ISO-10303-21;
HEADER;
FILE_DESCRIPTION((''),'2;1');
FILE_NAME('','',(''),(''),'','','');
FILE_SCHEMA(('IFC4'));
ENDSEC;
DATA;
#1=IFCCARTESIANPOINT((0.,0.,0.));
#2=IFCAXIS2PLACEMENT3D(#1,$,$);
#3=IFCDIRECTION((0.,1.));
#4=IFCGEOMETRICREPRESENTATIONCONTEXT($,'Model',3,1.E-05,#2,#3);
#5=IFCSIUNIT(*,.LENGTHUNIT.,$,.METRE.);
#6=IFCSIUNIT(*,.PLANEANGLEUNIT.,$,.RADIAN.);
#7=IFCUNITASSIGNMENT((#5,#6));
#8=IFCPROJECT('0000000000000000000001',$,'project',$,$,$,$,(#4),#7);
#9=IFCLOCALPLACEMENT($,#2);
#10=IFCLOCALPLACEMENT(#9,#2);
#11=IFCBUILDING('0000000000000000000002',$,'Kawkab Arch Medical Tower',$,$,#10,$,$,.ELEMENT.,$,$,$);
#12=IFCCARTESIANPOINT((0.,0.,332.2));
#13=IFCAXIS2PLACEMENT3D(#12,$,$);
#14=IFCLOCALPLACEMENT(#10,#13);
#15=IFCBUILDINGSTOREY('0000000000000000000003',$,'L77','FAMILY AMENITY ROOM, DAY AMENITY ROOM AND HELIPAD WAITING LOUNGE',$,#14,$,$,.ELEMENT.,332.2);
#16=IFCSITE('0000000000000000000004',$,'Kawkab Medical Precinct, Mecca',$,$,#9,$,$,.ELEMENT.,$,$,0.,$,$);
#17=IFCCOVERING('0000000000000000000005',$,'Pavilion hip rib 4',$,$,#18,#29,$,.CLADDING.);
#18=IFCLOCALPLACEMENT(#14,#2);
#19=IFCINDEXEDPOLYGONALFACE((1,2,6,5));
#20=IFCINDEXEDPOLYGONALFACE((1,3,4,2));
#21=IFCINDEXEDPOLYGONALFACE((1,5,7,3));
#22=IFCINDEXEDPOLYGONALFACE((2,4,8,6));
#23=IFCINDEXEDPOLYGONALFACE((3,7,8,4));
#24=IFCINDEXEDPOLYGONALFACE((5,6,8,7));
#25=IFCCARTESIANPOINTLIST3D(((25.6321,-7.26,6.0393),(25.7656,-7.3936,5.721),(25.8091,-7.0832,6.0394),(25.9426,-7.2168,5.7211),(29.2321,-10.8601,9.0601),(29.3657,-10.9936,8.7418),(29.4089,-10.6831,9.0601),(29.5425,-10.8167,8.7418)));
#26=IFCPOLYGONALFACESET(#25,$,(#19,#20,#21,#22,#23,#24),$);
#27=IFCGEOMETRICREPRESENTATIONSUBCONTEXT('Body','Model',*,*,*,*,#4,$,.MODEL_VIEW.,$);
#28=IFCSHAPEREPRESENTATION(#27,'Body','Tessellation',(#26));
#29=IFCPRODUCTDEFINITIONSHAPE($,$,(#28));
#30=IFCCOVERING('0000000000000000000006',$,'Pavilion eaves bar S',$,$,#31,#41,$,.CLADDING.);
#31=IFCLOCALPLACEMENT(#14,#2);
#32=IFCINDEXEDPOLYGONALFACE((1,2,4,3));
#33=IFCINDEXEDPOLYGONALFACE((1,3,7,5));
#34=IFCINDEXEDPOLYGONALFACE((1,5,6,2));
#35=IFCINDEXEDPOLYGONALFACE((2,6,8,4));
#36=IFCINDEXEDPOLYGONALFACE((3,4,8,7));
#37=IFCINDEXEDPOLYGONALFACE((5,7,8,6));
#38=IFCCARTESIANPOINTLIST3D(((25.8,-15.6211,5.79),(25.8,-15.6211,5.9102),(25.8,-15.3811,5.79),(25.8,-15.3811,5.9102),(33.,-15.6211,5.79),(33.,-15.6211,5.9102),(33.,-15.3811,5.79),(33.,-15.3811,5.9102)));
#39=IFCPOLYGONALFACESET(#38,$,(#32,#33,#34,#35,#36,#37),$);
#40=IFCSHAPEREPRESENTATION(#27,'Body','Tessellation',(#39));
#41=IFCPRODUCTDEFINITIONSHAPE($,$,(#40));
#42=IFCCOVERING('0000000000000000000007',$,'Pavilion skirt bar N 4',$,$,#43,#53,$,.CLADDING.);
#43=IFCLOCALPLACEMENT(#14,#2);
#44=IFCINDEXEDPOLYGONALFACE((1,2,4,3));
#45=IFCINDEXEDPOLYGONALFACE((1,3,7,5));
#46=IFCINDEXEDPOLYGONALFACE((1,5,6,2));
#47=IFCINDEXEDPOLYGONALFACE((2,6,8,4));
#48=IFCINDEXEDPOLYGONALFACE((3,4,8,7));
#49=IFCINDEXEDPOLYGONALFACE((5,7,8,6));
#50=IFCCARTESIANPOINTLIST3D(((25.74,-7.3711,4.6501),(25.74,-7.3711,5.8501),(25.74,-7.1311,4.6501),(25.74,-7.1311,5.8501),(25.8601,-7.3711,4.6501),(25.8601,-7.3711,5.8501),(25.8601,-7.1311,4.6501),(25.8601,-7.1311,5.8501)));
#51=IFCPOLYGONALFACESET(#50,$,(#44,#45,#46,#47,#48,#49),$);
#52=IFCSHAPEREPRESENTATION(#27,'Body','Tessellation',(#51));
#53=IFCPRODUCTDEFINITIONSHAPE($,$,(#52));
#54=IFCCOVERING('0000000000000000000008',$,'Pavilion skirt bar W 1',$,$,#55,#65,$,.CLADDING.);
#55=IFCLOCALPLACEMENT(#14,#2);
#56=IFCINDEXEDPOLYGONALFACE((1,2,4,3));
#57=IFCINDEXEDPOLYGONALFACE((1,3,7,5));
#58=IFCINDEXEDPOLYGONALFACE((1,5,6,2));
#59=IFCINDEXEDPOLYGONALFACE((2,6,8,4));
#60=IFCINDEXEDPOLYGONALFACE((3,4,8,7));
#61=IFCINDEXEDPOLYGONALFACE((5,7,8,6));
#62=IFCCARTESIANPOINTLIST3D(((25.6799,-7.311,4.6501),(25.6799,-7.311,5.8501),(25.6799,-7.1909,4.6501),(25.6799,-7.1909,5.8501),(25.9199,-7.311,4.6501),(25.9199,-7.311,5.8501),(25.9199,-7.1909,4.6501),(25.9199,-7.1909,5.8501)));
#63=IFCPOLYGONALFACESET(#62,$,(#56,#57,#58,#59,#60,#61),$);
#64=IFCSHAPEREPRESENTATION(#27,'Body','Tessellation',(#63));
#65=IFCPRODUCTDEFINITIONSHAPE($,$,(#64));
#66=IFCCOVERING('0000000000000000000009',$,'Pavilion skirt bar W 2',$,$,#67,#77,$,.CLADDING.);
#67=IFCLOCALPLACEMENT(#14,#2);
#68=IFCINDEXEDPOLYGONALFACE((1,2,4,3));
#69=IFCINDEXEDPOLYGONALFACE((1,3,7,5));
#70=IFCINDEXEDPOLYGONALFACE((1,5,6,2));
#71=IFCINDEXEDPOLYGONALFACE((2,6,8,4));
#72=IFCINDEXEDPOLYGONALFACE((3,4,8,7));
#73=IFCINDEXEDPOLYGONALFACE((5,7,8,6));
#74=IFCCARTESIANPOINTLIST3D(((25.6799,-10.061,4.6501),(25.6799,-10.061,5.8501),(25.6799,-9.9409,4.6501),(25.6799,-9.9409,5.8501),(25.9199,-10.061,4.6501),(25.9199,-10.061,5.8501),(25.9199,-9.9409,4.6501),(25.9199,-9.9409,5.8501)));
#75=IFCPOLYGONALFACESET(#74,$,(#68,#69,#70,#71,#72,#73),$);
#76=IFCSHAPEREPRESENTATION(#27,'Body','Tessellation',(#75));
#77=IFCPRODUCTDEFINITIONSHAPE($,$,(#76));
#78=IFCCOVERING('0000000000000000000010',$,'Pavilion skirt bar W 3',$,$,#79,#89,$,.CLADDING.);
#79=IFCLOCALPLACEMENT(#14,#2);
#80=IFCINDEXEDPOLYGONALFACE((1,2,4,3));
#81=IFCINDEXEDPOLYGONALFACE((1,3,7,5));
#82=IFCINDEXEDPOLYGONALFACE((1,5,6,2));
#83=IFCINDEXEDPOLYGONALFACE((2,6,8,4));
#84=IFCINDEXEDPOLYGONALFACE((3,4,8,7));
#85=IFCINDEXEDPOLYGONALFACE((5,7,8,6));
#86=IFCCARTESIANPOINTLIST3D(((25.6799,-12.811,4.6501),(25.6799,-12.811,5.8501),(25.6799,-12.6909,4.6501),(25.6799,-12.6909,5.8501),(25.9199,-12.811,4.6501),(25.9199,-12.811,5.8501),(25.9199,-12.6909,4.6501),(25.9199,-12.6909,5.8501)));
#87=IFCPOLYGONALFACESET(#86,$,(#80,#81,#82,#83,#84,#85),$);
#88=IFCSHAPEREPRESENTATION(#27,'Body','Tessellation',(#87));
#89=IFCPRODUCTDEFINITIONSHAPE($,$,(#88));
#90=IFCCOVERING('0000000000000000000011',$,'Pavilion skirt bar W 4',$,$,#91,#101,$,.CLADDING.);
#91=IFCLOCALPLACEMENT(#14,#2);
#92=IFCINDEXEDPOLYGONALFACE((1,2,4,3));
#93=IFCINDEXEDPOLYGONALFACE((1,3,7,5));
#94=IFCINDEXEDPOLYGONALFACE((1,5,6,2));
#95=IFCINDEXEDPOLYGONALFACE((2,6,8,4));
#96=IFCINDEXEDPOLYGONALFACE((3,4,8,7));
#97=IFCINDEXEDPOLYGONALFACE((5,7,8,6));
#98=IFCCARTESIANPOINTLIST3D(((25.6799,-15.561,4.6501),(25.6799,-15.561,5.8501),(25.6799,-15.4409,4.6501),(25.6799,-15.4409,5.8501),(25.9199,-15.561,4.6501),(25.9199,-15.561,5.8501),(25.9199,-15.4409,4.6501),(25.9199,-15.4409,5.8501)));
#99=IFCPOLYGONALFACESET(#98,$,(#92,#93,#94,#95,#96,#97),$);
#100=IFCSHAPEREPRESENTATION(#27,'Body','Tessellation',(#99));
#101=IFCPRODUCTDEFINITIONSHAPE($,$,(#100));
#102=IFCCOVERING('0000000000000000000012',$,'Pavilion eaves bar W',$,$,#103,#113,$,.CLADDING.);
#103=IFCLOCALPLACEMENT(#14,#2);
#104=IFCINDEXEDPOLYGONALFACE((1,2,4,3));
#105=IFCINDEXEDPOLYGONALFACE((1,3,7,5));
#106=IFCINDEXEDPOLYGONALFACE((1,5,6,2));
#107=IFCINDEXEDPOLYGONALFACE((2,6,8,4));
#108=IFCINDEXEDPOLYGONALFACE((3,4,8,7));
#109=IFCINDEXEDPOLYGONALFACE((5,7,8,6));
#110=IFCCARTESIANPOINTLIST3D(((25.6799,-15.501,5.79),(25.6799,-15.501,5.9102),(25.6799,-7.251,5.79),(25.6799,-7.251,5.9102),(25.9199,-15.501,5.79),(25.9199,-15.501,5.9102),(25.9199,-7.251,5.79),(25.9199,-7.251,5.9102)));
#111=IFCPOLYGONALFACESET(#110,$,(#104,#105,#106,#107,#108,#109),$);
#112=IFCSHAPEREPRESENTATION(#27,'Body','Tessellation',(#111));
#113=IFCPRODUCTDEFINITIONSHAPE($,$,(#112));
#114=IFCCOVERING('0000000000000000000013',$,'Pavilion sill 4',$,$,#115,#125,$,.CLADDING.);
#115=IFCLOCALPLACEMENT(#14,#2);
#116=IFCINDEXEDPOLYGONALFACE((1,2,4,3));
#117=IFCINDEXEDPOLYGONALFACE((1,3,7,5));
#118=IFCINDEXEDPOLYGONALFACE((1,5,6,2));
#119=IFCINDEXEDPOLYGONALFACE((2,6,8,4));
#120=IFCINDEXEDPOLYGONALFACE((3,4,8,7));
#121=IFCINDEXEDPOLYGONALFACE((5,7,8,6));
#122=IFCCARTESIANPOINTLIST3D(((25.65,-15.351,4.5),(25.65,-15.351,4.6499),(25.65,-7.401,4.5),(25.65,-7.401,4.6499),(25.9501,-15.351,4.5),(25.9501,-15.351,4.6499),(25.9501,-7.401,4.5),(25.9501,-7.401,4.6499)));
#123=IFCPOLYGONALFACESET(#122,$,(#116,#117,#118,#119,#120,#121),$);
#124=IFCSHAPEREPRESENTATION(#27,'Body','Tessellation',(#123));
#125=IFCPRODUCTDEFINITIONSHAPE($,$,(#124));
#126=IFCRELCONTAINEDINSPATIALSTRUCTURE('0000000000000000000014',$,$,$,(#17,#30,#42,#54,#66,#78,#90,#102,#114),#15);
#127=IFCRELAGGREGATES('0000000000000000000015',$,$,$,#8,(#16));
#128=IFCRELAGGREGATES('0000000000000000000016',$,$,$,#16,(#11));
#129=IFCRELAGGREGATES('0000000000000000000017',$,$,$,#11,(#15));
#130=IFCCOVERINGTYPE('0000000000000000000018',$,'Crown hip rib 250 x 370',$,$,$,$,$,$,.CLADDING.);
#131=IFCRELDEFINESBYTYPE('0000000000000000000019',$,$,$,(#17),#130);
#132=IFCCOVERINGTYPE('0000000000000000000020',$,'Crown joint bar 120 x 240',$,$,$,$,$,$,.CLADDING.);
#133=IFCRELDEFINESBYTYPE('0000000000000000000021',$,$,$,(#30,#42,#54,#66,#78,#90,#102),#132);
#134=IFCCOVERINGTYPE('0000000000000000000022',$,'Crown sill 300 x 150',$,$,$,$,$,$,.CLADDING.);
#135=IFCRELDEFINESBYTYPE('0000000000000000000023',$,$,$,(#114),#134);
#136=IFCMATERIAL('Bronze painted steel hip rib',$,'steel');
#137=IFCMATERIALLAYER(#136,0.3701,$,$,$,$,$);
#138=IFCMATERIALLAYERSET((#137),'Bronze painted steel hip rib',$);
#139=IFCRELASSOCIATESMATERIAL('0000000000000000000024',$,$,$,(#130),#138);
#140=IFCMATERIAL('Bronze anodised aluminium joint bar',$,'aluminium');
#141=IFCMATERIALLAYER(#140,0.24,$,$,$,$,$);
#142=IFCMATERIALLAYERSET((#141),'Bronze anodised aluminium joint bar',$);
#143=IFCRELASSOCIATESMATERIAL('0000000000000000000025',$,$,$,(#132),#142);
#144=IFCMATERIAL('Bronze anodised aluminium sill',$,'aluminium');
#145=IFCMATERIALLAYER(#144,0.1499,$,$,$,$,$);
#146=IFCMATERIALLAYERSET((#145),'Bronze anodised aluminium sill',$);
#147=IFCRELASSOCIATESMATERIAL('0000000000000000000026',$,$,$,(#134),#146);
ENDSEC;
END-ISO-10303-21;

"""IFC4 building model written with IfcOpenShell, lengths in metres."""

from ifc_helpers import new_model, si_unit, direction, frame, origin, origin_2d, place, context, subcontext, project, spatial, polyline, rectangle, outline, extrude, material, layer, layer_set, type_object, element, save


model = new_model("IFC4")

# Units and contexts
model_context = context("Model", 3, precision=1e-05, world=origin(), true_north=direction((0.0, 1.0)))
body_context = subcontext(model_context, "Body", "Model", "MODEL_VIEW")
ifc_project = project(units=[si_unit("LENGTHUNIT", "METRE"), si_unit("PLANEANGLEUNIT", "RADIAN")], contexts=[model_context])

# Site, building, storey
site_placement = place(None, origin())
site = spatial("IfcSite", under=ifc_project, at=site_placement, Name="Kawkab Medical Precinct, Mecca", CompositionType="ELEMENT", RefElevation=0.0)
building_placement = place(site_placement, origin())
building = spatial("IfcBuilding", under=site, at=building_placement, Name="Kawkab Arch Medical Tower", CompositionType="ELEMENT")
storey_placement = place(building_placement, frame((0.0, 0.0, 332.2)))
storey = spatial("IfcBuildingStorey", under=building, at=storey_placement, Name="L77", Description="FAMILY AMENITY ROOM, DAY AMENITY ROOM AND HELIPAD WAITING LOUNGE", CompositionType="ELEMENT", Elevation=332.2)

# Coverings
ifc_material_1 = material(Name="Bronze painted steel hip rib", Category="steel")
ifc_layer_1 = layer(ifc_material_1, 0.3701)
ifc_layer_set_1 = layer_set([ifc_layer_1], Name="Bronze painted steel hip rib")
covering_type_1 = type_object("IfcCoveringType", Name="Crown hip rib 250 x 370", PredefinedType="CLADDING", material=ifc_layer_set_1)
covering_1_placement = place(storey_placement, frame((25.6321, -7.26, 6.0393), z_axis=(-0.360819, 0.360819, 0.860011), x_axis=(0.60812, -0.60812, 0.510275)))
element("IfcCovering", 1, at=covering_1_placement, inside=storey, type_object=covering_type_1, Name="Pavilion hip rib 4", PredefinedType="CLADDING", context=body_context, shape_type="SweptSolid", body=[
    extrude(outline(polyline([(0.0, 0.0), (5.92, 0.0), (5.9198, 0.2501), (0.0001, 0.2501), (0.0, 0.0)])), origin(), (0.0, 0.0, -1.0), 0.3701),
])
ifc_material_2 = material(Name="Bronze anodised aluminium joint bar", Category="aluminium")
ifc_layer_2 = layer(ifc_material_2, 0.24)
ifc_layer_set_2 = layer_set([ifc_layer_2], Name="Bronze anodised aluminium joint bar")
covering_type_2 = type_object("IfcCoveringType", Name="Crown joint bar 120 x 240", PredefinedType="CLADDING", material=ifc_layer_set_2)
covering_2_placement = place(storey_placement, frame((25.8, -15.6211, 5.79), z_axis=(0.0, -1.0, 0.0), x_axis=(1.0, 0.0, 0.0)))
element("IfcCovering", 2, at=covering_2_placement, inside=storey, type_object=covering_type_2, Name="Pavilion eaves bar S", PredefinedType="CLADDING", context=body_context, shape_type="SweptSolid", body=[
    extrude(outline(polyline([(0.0, 0.0), (7.2, 0.0), (7.2, 0.1201), (0.0, 0.1201), (0.0, 0.0)])), origin(), (0.0, 0.0, -1.0), 0.24),
])
for number, where, z_axis, x_axis, name in (
    (3, (25.74, -7.1311, 4.6501), (0.0, 1.0, 0.0), (0.0, 0.0, 1.0), "Pavilion skirt bar N 4"),
    (4, (25.6799, -7.311, 4.6501), (-1.0, 0.0, 0.0), (0.0, 0.0, 1.0), "Pavilion skirt bar W 1"),
    (5, (25.6799, -10.061, 4.6501), (-1.0, 0.0, 0.0), (0.0, 0.0, 1.0), "Pavilion skirt bar W 2"),
    (6, (25.6799, -12.811, 4.6501), (-1.0, 0.0, 0.0), (0.0, 0.0, 1.0), "Pavilion skirt bar W 3"),
    (7, (25.6799, -15.561, 4.6501), (-1.0, 0.0, 0.0), (0.0, 0.0, 1.0), "Pavilion skirt bar W 4"),
):
    element("IfcCovering", number, at=place(storey_placement, frame(where, z_axis=z_axis, x_axis=x_axis)), inside=storey, type_object=covering_type_2, Name=name, PredefinedType="CLADDING", context=body_context, shape_type="SweptSolid", body=[
        extrude(outline(polyline([(0.0, 0.0), (1.2, 0.0), (1.2, 0.1201), (0.0, 0.1201), (0.0, 0.0)])), origin(), (0.0, 0.0, -1.0), 0.24),
    ])
covering_3_placement = place(storey_placement, frame((25.6799, -7.251, 5.79), z_axis=(-1.0, 0.0, 0.0), x_axis=(0.0, -1.0, 0.0)))
element("IfcCovering", 8, at=covering_3_placement, inside=storey, type_object=covering_type_2, Name="Pavilion eaves bar W", PredefinedType="CLADDING", context=body_context, shape_type="SweptSolid", body=[
    extrude(outline(polyline([(0.0, 0.0), (8.25, 0.0), (8.25, 0.1201), (0.0, 0.1201), (0.0, 0.0)])), origin(), (0.0, 0.0, -1.0), 0.24),
])
ifc_material_3 = material(Name="Bronze anodised aluminium sill", Category="aluminium")
ifc_layer_3 = layer(ifc_material_3, 0.1499)
ifc_layer_set_3 = layer_set([ifc_layer_3], Name="Bronze anodised aluminium sill")
covering_type_3 = type_object("IfcCoveringType", Name="Crown sill 300 x 150", PredefinedType="CLADDING", material=ifc_layer_set_3)
covering_4_placement = place(storey_placement, frame((25.8, -11.376, 4.5), z_axis=(0.0, 0.0, 1.0), x_axis=(0.0, -1.0, 0.0)))
element("IfcCovering", 9, at=covering_4_placement, inside=storey, type_object=covering_type_3, Name="Pavilion sill 4", PredefinedType="CLADDING", context=body_context, shape_type="SweptSolid", body=[
    extrude(rectangle(XDim=7.95, YDim=0.3, at=origin_2d()), origin(), (0.0, 0.0, 1.0), 0.1499),
])

save(model, "model.ifc")
